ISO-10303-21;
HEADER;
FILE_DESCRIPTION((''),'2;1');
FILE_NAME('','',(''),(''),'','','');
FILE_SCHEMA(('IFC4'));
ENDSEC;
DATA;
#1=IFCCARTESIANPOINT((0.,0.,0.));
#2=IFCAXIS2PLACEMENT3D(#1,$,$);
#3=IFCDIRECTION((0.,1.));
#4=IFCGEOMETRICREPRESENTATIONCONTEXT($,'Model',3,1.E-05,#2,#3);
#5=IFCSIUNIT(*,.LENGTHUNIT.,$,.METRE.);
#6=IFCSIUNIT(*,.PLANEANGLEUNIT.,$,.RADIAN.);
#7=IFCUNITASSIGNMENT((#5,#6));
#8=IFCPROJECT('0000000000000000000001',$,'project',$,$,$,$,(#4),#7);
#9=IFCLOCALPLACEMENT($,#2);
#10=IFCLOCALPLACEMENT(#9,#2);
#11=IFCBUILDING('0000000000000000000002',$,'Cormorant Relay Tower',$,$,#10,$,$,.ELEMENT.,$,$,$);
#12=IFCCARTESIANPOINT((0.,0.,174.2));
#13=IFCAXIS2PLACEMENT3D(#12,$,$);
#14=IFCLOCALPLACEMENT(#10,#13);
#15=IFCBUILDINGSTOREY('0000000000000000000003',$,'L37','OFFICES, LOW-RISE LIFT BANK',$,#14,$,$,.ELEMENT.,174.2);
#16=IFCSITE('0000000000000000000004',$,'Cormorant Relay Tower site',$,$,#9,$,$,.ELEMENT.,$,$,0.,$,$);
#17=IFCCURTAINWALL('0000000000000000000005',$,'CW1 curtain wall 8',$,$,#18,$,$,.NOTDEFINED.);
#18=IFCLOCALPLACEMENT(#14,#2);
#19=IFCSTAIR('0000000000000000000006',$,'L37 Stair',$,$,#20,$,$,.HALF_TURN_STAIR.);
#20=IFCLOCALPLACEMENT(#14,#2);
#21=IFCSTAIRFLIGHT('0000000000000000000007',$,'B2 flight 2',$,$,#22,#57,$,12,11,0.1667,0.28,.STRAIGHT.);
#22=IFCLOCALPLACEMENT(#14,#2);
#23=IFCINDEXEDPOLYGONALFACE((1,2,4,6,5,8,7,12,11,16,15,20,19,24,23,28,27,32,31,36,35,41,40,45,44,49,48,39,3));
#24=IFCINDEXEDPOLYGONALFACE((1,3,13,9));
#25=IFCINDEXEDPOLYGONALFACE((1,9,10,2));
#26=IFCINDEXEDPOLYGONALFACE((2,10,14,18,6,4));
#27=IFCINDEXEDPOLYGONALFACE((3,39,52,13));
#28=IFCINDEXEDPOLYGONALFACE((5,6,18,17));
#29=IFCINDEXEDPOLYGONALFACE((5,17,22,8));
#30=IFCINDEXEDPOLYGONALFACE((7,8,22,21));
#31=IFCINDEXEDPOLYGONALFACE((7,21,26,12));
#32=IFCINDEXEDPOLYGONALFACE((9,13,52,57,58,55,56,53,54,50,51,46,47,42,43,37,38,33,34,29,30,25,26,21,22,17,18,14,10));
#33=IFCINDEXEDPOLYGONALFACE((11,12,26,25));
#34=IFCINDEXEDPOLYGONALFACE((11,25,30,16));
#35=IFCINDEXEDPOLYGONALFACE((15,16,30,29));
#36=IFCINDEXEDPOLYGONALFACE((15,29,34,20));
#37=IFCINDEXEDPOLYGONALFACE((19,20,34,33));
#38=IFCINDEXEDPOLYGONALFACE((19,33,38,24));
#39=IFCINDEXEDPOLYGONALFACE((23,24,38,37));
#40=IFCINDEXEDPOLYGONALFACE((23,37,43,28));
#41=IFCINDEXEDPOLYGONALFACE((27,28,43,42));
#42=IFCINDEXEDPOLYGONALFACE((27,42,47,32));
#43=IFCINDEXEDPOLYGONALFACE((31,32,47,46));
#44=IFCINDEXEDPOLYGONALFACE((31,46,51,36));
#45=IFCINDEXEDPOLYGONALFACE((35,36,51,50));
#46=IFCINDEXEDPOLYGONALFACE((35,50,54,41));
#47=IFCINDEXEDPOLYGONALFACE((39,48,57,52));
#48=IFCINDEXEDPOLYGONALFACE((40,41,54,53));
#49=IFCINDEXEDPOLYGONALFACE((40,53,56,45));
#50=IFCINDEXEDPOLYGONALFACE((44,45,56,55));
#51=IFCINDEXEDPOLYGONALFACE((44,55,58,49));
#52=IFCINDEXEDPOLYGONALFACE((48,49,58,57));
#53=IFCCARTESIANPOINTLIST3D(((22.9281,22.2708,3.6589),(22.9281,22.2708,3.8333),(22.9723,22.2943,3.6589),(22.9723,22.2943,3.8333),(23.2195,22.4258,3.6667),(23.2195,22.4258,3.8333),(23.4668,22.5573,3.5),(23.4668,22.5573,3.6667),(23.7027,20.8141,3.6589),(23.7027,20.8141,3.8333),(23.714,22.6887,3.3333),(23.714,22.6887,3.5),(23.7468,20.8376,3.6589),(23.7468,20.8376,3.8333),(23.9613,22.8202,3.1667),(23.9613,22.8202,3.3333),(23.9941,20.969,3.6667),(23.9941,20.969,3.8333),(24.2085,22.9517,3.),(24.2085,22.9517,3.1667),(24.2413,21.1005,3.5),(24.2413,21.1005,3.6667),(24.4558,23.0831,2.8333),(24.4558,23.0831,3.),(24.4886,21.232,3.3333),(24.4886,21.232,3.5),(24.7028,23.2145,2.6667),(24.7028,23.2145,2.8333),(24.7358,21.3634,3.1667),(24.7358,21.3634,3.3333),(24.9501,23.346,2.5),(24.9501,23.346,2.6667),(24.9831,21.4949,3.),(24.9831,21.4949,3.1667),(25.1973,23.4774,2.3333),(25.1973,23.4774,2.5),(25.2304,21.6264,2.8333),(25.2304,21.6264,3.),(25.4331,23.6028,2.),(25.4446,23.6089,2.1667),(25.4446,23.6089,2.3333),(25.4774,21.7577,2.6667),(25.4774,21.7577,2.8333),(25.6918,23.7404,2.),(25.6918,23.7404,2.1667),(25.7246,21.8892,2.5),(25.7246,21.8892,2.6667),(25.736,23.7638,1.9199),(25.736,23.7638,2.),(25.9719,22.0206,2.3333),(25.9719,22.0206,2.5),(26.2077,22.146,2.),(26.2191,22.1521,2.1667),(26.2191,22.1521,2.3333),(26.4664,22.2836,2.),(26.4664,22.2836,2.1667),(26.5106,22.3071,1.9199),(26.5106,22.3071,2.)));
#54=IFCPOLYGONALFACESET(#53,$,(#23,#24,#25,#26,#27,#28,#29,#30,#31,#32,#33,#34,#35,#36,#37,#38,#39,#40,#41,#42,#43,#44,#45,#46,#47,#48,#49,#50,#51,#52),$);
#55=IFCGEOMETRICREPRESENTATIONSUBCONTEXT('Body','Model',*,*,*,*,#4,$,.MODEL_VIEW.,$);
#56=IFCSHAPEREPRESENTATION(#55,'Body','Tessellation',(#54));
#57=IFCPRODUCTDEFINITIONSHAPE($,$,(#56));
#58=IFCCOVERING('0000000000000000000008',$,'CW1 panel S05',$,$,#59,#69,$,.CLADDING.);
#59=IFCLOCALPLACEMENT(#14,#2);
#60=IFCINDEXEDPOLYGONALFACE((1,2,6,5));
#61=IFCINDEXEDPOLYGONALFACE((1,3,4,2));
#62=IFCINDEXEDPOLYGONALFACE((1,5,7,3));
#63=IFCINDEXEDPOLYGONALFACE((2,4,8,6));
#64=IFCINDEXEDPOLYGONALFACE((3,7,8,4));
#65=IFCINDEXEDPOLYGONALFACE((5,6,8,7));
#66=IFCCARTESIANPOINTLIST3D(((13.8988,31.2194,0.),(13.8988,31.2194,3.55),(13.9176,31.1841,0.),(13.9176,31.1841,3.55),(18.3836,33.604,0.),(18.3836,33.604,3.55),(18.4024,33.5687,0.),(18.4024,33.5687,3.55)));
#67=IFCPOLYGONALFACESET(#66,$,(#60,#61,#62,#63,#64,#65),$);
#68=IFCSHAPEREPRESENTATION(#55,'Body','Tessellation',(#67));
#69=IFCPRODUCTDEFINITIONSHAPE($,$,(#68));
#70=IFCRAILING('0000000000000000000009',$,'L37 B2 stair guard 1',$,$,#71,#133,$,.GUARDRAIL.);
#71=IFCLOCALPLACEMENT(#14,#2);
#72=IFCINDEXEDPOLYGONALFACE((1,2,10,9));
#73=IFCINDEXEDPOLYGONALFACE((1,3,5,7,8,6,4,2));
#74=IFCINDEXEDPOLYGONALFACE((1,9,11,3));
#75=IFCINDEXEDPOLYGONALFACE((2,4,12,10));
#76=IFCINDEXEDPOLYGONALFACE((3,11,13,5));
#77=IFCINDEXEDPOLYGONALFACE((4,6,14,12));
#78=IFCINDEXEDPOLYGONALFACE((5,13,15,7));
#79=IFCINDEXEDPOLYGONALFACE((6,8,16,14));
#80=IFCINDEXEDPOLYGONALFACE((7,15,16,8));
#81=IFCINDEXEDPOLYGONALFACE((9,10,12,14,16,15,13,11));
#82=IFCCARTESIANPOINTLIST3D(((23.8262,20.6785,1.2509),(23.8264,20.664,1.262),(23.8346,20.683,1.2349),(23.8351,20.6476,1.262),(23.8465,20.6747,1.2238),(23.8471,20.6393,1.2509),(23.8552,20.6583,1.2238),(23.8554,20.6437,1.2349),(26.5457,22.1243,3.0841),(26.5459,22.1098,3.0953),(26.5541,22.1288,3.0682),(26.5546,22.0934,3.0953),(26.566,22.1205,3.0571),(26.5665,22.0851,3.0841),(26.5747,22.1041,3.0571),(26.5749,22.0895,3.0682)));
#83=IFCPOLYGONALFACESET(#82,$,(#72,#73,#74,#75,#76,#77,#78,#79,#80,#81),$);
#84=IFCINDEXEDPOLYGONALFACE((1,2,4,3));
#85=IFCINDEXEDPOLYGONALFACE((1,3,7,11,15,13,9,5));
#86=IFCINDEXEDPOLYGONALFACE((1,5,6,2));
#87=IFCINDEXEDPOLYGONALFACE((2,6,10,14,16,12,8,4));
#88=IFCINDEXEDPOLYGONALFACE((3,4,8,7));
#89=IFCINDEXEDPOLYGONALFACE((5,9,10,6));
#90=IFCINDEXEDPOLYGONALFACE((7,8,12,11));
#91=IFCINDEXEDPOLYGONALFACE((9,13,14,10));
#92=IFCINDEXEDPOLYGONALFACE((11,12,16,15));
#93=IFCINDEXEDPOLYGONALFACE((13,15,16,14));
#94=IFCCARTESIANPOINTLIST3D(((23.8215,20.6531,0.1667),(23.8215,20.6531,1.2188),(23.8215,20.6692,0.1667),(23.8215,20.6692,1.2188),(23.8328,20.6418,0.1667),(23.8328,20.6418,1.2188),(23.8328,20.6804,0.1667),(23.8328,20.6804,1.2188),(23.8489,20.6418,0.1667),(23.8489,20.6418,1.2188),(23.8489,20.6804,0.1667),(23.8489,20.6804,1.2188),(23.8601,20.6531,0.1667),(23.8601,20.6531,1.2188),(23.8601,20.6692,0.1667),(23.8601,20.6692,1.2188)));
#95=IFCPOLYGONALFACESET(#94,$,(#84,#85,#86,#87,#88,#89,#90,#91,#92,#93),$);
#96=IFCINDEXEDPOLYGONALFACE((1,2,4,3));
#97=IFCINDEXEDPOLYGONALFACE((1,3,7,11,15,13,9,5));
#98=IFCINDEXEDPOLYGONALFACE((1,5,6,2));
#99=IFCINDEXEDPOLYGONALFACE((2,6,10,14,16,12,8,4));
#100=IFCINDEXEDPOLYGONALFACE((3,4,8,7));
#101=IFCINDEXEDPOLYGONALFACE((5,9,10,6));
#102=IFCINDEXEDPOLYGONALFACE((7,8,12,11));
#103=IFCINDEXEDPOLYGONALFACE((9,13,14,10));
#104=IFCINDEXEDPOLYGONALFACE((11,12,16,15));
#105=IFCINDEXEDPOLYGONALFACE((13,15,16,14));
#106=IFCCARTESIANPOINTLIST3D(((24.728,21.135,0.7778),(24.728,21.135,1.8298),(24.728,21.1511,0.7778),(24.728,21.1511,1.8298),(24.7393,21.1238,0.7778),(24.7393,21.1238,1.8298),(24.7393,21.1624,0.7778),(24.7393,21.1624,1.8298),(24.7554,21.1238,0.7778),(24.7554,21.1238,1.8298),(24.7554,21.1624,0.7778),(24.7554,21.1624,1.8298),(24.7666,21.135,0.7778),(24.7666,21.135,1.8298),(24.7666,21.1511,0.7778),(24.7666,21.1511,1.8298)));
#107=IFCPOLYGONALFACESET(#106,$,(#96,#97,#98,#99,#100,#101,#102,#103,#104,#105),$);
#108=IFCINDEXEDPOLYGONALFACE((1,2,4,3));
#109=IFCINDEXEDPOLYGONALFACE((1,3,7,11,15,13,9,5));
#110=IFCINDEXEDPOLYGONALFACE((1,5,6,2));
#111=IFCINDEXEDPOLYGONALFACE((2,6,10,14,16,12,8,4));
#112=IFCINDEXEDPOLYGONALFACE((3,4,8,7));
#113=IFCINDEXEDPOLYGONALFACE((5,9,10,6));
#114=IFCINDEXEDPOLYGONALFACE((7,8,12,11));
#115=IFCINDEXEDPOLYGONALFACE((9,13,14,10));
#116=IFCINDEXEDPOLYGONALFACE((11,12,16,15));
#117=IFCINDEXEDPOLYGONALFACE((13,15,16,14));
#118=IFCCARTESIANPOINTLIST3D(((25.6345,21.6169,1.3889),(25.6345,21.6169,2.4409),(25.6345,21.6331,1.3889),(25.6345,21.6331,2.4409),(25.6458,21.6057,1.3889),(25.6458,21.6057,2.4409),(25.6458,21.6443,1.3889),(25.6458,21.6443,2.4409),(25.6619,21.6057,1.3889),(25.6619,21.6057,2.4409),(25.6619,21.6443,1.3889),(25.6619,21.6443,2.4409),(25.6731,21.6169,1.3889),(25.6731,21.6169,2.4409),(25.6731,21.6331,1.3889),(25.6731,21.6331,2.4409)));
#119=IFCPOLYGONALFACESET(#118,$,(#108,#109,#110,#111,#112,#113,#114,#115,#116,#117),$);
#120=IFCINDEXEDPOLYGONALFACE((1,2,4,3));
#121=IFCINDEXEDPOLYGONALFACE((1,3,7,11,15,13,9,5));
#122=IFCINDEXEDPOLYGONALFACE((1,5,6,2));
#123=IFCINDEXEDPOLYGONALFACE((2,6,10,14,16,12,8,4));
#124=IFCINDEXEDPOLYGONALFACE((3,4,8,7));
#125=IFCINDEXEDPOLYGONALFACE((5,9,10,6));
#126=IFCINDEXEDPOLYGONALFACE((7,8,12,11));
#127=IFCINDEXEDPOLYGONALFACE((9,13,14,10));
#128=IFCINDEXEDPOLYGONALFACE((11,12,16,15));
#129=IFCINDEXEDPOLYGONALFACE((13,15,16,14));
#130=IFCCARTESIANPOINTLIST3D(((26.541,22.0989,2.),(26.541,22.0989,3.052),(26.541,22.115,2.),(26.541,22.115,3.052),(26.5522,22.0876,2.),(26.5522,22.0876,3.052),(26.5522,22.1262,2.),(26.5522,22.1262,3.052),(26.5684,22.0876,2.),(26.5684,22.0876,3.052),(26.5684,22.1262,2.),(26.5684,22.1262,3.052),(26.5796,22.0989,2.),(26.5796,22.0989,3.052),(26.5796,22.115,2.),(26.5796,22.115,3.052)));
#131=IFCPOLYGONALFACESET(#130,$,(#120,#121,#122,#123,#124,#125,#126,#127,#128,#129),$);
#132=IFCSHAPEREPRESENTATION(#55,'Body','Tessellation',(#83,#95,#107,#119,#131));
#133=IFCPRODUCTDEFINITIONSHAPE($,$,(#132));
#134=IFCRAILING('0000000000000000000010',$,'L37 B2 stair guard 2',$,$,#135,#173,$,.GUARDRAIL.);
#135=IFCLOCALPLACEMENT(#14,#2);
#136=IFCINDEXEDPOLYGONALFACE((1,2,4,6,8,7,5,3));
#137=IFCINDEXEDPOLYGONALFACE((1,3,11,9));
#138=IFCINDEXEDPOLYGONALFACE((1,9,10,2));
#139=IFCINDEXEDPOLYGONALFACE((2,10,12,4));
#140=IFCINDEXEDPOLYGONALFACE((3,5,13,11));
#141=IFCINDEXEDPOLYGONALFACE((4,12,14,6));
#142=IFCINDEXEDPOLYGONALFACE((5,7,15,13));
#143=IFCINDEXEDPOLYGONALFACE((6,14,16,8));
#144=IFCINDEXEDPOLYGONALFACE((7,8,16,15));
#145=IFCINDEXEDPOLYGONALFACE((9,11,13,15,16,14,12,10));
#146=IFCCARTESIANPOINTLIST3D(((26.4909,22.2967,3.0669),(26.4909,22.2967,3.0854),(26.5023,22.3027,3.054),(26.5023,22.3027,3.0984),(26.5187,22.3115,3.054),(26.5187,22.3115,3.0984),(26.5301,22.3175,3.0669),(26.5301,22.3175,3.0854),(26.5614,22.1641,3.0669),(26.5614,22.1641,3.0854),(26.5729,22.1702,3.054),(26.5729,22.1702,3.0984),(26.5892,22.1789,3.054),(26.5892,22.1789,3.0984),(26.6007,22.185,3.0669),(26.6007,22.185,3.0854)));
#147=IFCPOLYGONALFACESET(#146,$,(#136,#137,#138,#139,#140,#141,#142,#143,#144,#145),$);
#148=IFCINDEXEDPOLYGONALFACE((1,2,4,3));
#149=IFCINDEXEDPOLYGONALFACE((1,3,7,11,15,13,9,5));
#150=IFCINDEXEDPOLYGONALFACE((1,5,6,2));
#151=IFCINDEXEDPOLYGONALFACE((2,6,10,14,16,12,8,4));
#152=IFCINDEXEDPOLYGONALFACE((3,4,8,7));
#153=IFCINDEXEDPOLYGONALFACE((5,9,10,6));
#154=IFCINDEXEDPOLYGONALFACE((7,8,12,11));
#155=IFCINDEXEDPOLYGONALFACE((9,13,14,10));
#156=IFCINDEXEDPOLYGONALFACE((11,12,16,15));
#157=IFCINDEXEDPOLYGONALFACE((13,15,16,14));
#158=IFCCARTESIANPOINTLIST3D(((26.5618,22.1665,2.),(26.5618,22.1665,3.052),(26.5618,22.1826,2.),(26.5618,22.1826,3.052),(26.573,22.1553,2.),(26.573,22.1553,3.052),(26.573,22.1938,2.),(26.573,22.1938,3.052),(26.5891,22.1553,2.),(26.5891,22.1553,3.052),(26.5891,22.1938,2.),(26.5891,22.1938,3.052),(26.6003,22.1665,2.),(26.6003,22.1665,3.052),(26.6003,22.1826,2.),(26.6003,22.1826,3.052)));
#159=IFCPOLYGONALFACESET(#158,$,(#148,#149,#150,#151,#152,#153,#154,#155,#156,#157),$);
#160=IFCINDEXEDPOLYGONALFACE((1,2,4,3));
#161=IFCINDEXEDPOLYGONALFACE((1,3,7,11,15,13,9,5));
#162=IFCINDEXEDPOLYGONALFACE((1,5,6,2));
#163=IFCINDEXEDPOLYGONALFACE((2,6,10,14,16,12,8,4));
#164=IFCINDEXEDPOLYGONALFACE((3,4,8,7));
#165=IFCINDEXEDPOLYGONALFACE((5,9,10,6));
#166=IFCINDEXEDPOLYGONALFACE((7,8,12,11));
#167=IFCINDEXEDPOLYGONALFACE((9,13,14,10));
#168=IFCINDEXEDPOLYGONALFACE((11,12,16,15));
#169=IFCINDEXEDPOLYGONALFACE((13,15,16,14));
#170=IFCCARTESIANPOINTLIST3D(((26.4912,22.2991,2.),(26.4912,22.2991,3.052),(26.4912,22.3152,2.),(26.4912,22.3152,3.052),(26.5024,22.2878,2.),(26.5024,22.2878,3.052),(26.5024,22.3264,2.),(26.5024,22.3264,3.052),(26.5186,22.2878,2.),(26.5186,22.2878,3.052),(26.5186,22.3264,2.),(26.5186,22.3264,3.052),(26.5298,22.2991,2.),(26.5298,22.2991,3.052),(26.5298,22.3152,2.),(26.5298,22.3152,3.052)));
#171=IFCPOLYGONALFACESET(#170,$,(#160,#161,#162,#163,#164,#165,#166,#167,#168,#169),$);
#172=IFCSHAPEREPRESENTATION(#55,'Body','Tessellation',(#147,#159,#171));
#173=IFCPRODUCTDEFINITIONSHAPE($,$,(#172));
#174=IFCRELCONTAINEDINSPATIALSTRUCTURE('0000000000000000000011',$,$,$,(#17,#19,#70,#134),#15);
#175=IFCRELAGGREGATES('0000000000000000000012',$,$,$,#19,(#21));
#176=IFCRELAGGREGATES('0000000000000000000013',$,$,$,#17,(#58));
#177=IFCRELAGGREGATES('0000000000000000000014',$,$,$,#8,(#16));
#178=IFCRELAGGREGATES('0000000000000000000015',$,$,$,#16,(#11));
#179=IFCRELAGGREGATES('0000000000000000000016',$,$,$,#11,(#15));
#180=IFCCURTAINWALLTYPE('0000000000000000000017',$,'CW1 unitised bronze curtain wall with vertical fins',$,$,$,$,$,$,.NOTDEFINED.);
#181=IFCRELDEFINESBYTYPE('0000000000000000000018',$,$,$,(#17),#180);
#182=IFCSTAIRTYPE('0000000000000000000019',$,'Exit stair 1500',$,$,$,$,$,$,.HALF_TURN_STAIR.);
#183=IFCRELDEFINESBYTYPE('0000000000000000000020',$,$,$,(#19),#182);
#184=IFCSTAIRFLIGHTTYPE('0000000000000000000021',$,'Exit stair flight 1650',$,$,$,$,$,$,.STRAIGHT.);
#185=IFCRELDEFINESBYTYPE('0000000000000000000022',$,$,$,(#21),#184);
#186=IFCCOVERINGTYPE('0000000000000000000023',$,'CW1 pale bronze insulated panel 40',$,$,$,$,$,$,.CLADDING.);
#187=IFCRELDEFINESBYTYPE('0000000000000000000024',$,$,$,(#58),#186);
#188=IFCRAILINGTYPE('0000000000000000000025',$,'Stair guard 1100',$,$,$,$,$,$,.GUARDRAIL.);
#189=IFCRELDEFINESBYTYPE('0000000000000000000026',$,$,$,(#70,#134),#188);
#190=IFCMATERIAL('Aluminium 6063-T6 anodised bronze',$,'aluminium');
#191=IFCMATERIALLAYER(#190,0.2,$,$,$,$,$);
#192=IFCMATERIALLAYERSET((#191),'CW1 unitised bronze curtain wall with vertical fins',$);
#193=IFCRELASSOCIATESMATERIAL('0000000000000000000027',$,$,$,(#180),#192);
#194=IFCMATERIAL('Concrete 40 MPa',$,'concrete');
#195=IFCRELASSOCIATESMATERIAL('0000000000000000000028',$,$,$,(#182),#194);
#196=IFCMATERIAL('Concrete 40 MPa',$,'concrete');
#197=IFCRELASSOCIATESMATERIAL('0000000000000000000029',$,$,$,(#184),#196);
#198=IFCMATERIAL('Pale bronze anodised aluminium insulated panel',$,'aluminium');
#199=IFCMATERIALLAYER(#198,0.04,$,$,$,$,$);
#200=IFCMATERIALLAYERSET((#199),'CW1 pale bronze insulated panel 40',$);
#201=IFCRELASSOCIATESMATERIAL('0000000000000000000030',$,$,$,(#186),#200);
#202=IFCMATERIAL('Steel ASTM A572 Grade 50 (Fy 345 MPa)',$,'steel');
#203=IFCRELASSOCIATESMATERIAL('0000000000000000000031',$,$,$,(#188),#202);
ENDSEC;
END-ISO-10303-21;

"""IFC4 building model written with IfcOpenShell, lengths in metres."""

from ifc_helpers import new_model, si_unit, direction, frame, origin, origin_2d, place, context, subcontext, project, spatial, polyline, rectangle, outline, extrude, material, layer, layer_set, type_object, element, aggregate, save


model = new_model("IFC4")

# Units and contexts
model_context = context("Model", 3, precision=1e-05, world=origin(), true_north=direction((0.0, 1.0)))
body_context = subcontext(model_context, "Body", "Model", "MODEL_VIEW")
ifc_project = project(units=[si_unit("LENGTHUNIT", "METRE"), si_unit("PLANEANGLEUNIT", "RADIAN")], contexts=[model_context])

# Site, building, storey
site_placement = place(None, origin())
site = spatial("IfcSite", under=ifc_project, at=site_placement, Name="Cormorant Relay Tower site", CompositionType="ELEMENT", RefElevation=0.0)
building_placement = place(site_placement, origin())
building = spatial("IfcBuilding", under=site, at=building_placement, Name="Cormorant Relay Tower", CompositionType="ELEMENT")
storey_placement = place(building_placement, frame((0.0, 0.0, 174.2)))
storey = spatial("IfcBuildingStorey", under=building, at=storey_placement, Name="L37", Description="OFFICES, LOW-RISE LIFT BANK", CompositionType="ELEMENT", Elevation=174.2)

# Curtain wall
ifc_material_1 = material(Name="Aluminium 6063-T6 anodised bronze", Category="aluminium")
ifc_layer_1 = layer(ifc_material_1, 0.2)
ifc_layer_set_1 = layer_set([ifc_layer_1], Name="CW1 unitised bronze curtain wall with vertical fins")
curtain_wall_type = type_object("IfcCurtainWallType", Name="CW1 unitised bronze curtain wall with vertical fins", PredefinedType="NOTDEFINED", material=ifc_layer_set_1)
curtain_wall_placement = place(storey_placement, origin())
curtain_wall = element("IfcCurtainWall", 1, at=curtain_wall_placement, inside=storey, type_object=curtain_wall_type, Name="CW1 curtain wall 8", PredefinedType="NOTDEFINED")

# Stair, stair flight
ifc_material_2 = material(Name="Concrete 40 MPa", Category="concrete")
stair_type = type_object("IfcStairType", Name="Exit stair 1500", PredefinedType="HALF_TURN_STAIR", material=ifc_material_2)
stair_placement = place(storey_placement, origin())
stair = element("IfcStair", 2, at=stair_placement, inside=storey, type_object=stair_type, Name="L37 Stair", PredefinedType="HALF_TURN_STAIR")
ifc_material_3 = material(Name="Concrete 40 MPa", Category="concrete")
stair_flight_type = type_object("IfcStairFlightType", Name="Exit stair flight 1650", PredefinedType="STRAIGHT", material=ifc_material_3)
stair_flight_placement = place(storey_placement, frame((26.0791, 23.012, 2.0), z_axis=(0.0, 0.0, 1.0), x_axis=(-0.882948, -0.469472, 0.0)))
stair_flight = element("IfcStairFlight", 3, at=stair_flight_placement, type_object=stair_flight_type, Name="B2 flight 2", NumberOfRisers=12, NumberOfTreads=11, PredefinedType="STRAIGHT", RiserHeight=0.1667, TreadLength=0.28, context=body_context, shape_type="SweptSolid", body=[
    extrude(outline(polyline([(-0.05, -0.0801), (-0.05, 0.0), (0.0, 0.0), (0.0, 0.1667), (0.28, 0.1667), (0.28, 0.3333), (0.5601, 0.3333), (0.5601, 0.5), (0.8401, 0.5), (0.8401, 0.6667), (1.1201, 0.6667), (1.1201, 0.8333), (1.3999, 0.8333), (1.3999, 1.0), (1.6799, 1.0), (1.6799, 1.1667), (1.96, 1.1667), (1.96, 1.3333), (2.24, 1.3333), (2.24, 1.5), (2.52, 1.5), (2.52, 1.6667), (2.8, 1.6667), (2.8, 1.8333), (3.0801, 1.8333), (3.1301, 1.8333), (3.1301, 1.6589), (3.0801, 1.6589), (0.293, 0.0), (-0.05, -0.0801)])), frame((0.0, 0.825, 0.0), z_axis=(0.0, -1.0, 0.0), x_axis=(1.0, 0.0, 0.0)), (0.0, 0.0, 1.0), 1.6499),
])
aggregate(stair, [stair_flight])

# Covering
ifc_material_4 = material(Name="Pale bronze anodised aluminium insulated panel", Category="aluminium")
ifc_layer_2 = layer(ifc_material_4, 0.04)
ifc_layer_set_2 = layer_set([ifc_layer_2], Name="CW1 pale bronze insulated panel 40")
covering_type = type_object("IfcCoveringType", Name="CW1 pale bronze insulated panel 40", PredefinedType="CLADDING", material=ifc_layer_set_2)
covering_placement = place(storey_placement, frame((16.1506, 32.394, 0.0), z_axis=(0.0, 0.0, 1.0), x_axis=(-0.882948, -0.469472, 0.0)))
covering = element("IfcCovering", 4, at=covering_placement, type_object=covering_type, Name="CW1 panel S05", PredefinedType="CLADDING", context=body_context, shape_type="SweptSolid", body=[
    extrude(rectangle(XDim=5.0793, YDim=0.04, at=origin_2d()), origin(), (0.0, 0.0, 1.0), 3.55),
])
aggregate(curtain_wall, [covering])

# Railings
ifc_material_5 = material(Name="Steel ASTM A572 Grade 50 (Fy 345 MPa)", Category="steel")
railing_type_1 = type_object("IfcRailingType", Name="Stair guard 1100", PredefinedType="GUARDRAIL", material=ifc_material_5)
railing_1_placement = place(storey_placement, frame((23.8408, 20.6611, 0.1667)))
element("IfcRailing", 5, at=railing_1_placement, inside=storey, type_object=railing_type_1, Name="L37 B2 stair guard 1", PredefinedType="GUARDRAIL", context=body_context, shape_type="SweptSolid", body=[
    extrude(outline(polyline([(0.0222, 0.0093), (0.0093, 0.0222), (-0.0093, 0.0222), (-0.0222, 0.0093), (-0.0222, -0.0093), (-0.0093, -0.0222), (0.0093, -0.0222), (0.0222, -0.0093), (0.0222, 0.0093)])), frame((0.0, 0.0, 1.0762), z_axis=(0.758735, 0.403378, 0.511477), x_axis=(-0.469428, 0.882971, 0.0)), (0.0, 0.0, 1.0), 3.5842),
    extrude(outline(polyline([(0.0193, 0.0081), (0.0081, 0.0193), (-0.0081, 0.0193), (-0.0193, 0.0081), (-0.0193, -0.0081), (-0.0081, -0.0193), (0.0081, -0.0193), (0.0193, -0.0081), (0.0193, 0.0081)])), origin(), (0.0, 0.0, 1.0), 1.052),
    extrude(outline(polyline([(0.0193, 0.0081), (0.0081, 0.0193), (-0.0081, 0.0193), (-0.0193, 0.0081), (-0.0193, -0.0081), (-0.0081, -0.0193), (0.0081, -0.0193), (0.0193, -0.0081), (0.0193, 0.0081)])), frame((0.9065, 0.4819, 0.6111)), (0.0, 0.0, 1.0), 1.052),
    extrude(outline(polyline([(0.0193, 0.0081), (0.0081, 0.0193), (-0.0081, 0.0193), (-0.0193, 0.0081), (-0.0193, -0.0081), (-0.0081, -0.0193), (0.0081, -0.0193), (0.0193, -0.0081), (0.0193, 0.0081)])), frame((1.813, 0.9639, 1.2222)), (0.0, 0.0, 1.0), 1.052),
    extrude(outline(polyline([(0.0193, 0.0081), (0.0081, 0.0193), (-0.0081, 0.0193), (-0.0193, 0.0081), (-0.0193, -0.0081), (-0.0081, -0.0193), (0.0081, -0.0193), (0.0193, -0.0081), (0.0193, 0.0081)])), frame((2.7195, 1.4458, 1.8333)), (0.0, 0.0, 1.0), 1.052),
])
railing_2_placement = place(storey_placement, frame((26.5811, 22.1746, 2.0)))
element("IfcRailing", 6, at=railing_2_placement, inside=storey, type_object=railing_type_1, Name="L37 B2 stair guard 2", PredefinedType="GUARDRAIL", context=body_context, shape_type="SweptSolid", body=[
    extrude(outline(polyline([(0.0222, 0.0093), (0.0093, 0.0222), (-0.0093, 0.0222), (-0.0222, 0.0093), (-0.0222, -0.0093), (-0.0093, -0.0222), (0.0093, -0.0222), (0.0222, -0.0093), (0.0222, 0.0093)])), frame((0.0, 0.0, 1.0762), z_axis=(-0.469829, 0.882758, 0.0), x_axis=(-0.882758, -0.469829, 0.0)), (0.0, 0.0, 1.0), 0.1501),
    extrude(outline(polyline([(0.0193, 0.0081), (0.0081, 0.0193), (-0.0081, 0.0193), (-0.0193, 0.0081), (-0.0193, -0.0081), (-0.0081, -0.0193), (0.0081, -0.0193), (0.0193, -0.0081), (0.0193, 0.0081)])), origin(), (0.0, 0.0, 1.0), 1.052),
    extrude(outline(polyline([(0.0193, 0.0081), (0.0081, 0.0193), (-0.0081, 0.0193), (-0.0193, 0.0081), (-0.0193, -0.0081), (-0.0081, -0.0193), (0.0081, -0.0193), (0.0193, -0.0081), (0.0193, 0.0081)])), frame((-0.0706, 0.1326, 0.0)), (0.0, 0.0, 1.0), 1.052),
])

save(model, "model.ifc")
